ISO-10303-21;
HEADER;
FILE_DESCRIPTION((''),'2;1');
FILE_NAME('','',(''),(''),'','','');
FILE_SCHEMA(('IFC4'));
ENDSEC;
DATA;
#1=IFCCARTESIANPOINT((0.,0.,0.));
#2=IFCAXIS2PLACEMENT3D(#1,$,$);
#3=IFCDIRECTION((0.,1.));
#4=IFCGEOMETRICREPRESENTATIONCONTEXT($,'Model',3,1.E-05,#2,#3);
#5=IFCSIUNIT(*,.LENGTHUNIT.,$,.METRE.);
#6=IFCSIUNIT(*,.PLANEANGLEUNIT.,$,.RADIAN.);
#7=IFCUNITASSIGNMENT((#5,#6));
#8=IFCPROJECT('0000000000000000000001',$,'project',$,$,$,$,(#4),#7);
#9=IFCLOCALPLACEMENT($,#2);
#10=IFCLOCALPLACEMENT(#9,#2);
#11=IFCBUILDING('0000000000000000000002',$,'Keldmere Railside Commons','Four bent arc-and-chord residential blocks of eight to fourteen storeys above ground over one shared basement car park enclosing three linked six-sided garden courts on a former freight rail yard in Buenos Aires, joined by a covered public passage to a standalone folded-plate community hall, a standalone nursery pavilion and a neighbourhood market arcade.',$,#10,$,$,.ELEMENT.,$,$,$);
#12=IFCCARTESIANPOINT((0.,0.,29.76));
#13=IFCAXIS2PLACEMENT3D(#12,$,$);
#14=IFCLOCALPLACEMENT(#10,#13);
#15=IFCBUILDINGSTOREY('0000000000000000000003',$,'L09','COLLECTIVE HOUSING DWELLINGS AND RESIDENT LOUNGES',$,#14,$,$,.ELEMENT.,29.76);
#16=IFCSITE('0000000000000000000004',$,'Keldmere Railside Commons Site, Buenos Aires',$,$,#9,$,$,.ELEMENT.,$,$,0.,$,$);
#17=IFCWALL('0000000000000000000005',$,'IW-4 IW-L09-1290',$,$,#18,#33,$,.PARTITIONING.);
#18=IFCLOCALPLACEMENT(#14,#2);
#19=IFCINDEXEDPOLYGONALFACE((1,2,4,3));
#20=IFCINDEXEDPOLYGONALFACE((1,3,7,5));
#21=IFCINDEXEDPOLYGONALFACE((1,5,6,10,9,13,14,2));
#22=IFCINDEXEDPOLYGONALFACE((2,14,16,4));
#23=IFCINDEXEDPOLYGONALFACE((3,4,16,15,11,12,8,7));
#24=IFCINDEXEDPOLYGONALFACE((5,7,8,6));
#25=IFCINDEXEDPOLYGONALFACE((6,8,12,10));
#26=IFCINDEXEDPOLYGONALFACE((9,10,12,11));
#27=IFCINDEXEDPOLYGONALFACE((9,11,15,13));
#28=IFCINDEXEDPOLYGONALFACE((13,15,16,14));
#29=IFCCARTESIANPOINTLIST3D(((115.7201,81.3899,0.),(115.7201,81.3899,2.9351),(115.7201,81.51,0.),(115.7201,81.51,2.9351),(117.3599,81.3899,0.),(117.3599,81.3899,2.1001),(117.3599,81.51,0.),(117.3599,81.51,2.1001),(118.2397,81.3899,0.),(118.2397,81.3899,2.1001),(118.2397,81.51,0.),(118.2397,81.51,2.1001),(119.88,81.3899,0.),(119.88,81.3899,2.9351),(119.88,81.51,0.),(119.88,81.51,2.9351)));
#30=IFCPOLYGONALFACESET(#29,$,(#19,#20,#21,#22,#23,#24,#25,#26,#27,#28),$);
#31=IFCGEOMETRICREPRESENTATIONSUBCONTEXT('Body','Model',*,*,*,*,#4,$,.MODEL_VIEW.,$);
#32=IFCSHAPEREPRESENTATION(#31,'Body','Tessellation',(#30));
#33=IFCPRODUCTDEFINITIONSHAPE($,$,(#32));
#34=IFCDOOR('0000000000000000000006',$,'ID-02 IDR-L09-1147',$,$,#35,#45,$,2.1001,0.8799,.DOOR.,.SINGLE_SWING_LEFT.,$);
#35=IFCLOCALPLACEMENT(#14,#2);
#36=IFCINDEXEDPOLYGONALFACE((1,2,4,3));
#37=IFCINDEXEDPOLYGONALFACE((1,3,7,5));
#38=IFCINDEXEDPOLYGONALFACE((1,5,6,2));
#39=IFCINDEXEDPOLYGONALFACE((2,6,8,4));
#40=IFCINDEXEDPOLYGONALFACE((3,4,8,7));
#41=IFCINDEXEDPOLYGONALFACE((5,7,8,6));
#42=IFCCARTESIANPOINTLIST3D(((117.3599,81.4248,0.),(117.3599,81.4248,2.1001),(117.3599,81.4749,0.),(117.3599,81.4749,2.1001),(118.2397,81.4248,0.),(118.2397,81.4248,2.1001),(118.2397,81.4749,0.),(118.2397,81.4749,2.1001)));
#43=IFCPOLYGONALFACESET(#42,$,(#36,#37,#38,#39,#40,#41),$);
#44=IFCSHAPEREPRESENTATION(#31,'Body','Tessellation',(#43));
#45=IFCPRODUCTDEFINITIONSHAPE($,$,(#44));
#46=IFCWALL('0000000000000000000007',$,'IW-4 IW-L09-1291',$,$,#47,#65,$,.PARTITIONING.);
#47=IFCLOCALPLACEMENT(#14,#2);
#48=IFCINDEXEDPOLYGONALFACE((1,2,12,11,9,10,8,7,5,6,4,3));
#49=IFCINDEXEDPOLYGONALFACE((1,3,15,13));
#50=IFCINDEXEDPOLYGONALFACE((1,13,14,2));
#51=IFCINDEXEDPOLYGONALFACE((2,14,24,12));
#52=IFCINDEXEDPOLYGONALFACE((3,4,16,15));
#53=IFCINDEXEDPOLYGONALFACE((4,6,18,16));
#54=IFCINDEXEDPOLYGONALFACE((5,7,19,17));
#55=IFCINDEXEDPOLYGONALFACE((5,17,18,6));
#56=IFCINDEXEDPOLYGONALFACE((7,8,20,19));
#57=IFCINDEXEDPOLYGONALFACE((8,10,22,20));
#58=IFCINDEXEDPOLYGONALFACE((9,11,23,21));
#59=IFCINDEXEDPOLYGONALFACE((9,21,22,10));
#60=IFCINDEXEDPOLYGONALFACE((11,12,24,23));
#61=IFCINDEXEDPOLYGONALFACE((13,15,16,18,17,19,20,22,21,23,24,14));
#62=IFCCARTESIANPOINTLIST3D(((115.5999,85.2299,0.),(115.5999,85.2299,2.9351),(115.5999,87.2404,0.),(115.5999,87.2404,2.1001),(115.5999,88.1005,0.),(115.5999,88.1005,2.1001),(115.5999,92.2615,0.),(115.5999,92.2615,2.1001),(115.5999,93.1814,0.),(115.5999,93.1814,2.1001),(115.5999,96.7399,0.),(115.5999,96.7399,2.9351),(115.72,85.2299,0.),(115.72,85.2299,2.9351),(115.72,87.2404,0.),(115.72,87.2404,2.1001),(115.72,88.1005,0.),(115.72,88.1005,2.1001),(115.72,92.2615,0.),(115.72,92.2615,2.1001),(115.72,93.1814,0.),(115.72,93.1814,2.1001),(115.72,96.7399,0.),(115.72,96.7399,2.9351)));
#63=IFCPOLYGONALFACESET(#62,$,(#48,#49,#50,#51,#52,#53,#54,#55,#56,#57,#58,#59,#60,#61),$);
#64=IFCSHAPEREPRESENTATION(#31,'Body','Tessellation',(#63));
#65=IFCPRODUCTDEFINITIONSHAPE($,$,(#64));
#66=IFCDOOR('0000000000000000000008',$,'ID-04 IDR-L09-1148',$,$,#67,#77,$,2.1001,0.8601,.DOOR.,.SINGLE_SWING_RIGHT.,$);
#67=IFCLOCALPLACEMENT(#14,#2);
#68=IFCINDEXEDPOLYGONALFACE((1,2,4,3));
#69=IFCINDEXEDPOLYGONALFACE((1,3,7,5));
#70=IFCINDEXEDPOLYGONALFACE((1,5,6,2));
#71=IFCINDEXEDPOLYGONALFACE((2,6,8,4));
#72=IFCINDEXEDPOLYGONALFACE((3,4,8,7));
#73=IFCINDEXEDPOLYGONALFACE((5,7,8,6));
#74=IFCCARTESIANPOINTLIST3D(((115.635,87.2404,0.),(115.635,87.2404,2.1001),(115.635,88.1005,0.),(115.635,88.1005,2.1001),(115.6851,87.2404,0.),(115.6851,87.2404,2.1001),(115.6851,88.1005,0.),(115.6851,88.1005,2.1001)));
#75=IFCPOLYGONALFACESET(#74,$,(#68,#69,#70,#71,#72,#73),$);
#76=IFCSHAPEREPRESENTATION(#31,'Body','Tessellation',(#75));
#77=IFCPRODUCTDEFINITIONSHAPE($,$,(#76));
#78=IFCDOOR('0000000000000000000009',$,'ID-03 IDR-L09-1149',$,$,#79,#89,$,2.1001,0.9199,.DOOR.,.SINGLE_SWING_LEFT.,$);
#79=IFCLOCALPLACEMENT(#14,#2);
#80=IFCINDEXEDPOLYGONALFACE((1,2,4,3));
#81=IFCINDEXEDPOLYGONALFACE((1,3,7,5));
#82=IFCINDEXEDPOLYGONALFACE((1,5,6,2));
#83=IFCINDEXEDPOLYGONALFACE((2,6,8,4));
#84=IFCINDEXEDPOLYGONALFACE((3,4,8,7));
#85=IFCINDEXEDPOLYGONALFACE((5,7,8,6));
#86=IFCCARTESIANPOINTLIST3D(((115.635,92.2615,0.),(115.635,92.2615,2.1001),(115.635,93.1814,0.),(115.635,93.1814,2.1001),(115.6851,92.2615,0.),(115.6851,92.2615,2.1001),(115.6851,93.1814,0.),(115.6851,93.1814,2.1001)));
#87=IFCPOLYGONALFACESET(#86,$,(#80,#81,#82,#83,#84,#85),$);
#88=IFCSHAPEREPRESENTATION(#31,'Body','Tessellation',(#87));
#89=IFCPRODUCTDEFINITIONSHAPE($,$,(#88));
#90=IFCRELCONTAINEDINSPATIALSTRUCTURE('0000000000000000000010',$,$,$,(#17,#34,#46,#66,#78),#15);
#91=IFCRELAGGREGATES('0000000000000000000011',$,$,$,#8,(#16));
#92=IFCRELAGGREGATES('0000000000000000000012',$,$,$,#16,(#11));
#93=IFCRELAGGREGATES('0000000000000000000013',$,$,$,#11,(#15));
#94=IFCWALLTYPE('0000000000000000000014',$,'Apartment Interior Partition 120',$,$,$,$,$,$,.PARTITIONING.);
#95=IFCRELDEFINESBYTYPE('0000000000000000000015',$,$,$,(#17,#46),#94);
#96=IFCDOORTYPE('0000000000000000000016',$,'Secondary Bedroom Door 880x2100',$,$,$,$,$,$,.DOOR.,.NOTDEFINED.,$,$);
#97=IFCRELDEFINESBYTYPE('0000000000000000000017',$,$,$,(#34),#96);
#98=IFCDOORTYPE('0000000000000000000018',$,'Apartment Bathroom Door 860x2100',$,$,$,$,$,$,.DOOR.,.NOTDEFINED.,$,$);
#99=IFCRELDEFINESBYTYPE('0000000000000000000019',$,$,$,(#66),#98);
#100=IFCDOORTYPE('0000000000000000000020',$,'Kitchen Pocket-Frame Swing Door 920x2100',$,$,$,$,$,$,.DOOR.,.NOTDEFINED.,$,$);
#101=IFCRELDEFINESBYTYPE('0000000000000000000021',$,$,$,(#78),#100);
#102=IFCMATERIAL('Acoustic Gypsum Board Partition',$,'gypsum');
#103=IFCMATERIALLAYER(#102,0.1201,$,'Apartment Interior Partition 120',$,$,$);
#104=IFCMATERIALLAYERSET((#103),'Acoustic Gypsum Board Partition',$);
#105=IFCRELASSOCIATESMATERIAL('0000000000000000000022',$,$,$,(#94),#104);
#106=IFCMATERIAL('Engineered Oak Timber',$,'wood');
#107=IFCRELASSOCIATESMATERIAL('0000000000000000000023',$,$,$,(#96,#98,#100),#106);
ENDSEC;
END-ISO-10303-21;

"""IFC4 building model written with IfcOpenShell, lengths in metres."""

from ifc_helpers import new_model, si_unit, direction, frame, frame_2d, origin, place, context, subcontext, project, spatial, rectangle, extrude, material, layer, layer_set, type_object, element, fill, save


model = new_model("IFC4")

# Units and contexts
model_context = context("Model", 3, precision=1e-05, world=origin(), true_north=direction((0.0, 1.0)))
body_context = subcontext(model_context, "Body", "Model", "MODEL_VIEW")
ifc_project = project(units=[si_unit("LENGTHUNIT", "METRE"), si_unit("PLANEANGLEUNIT", "RADIAN")], contexts=[model_context])

# Site, building, storey
site_placement = place(None, origin())
site = spatial("IfcSite", under=ifc_project, at=site_placement, Name="Keldmere Railside Commons Site, Buenos Aires", CompositionType="ELEMENT", RefElevation=0.0)
building_placement = place(site_placement, origin())
building = spatial("IfcBuilding", under=site, at=building_placement, Name="Keldmere Railside Commons", Description="Four bent arc-and-chord residential blocks of eight to fourteen storeys above ground over one shared basement car park enclosing three linked six-sided garden courts on a former freight rail yard in Buenos Aires, joined by a covered public passage to a standalone folded-plate community hall, a standalone nursery pavilion and a neighbourhood market arcade.", CompositionType="ELEMENT")
storey_placement = place(building_placement, frame((0.0, 0.0, 29.76)))
storey = spatial("IfcBuildingStorey", under=building, at=storey_placement, Name="L09", Description="COLLECTIVE HOUSING DWELLINGS AND RESIDENT LOUNGES", CompositionType="ELEMENT", Elevation=29.76)

# Shared definitions
ifc_material_1 = material(Name="Acoustic Gypsum Board Partition", Category="gypsum")

# Wall, opening, door
ifc_layer_1 = layer(ifc_material_1, 0.1201, Name="Apartment Interior Partition 120")
ifc_layer_set_1 = layer_set([ifc_layer_1], Name="Acoustic Gypsum Board Partition")
wall_type_1 = type_object("IfcWallType", Name="Apartment Interior Partition 120", PredefinedType="PARTITIONING", material=ifc_layer_set_1)
wall_1_placement = place(storey_placement, frame((115.72, 81.45, 0.0), z_axis=(0.0, 0.0, 1.0), x_axis=(1.0, 0.0, 0.0)))
wall_1 = element("IfcWall", 1, at=wall_1_placement, inside=storey, type_object=wall_type_1, Name="IW-4 IW-L09-1290", PredefinedType="PARTITIONING", context=body_context, shape_type="SweptSolid", body=[
    extrude(rectangle(XDim=4.1599, YDim=0.1201, at=frame_2d((2.0801, 0.0))), origin(), (0.0, 0.0, 1.0), 2.9351),
])
opening_1_placement = place(wall_1_placement, frame((1.6399, 0.0, 0.0)))
opening_1 = element("IfcOpeningElement", 2, at=opening_1_placement, cuts=wall_1, PredefinedType="OPENING", context=body_context, shape_type="SweptSolid", body=[
    extrude(rectangle(XDim=0.8799, YDim=2.1001, at=frame_2d((0.4399, 1.05))), frame((0.0, 0.0701, 0.0), z_axis=(0.0, -1.0, 0.0), x_axis=(1.0, 0.0, 0.0)), (0.0, 0.0, 1.0), 0.1401),
])
ifc_material_2 = material(Name="Engineered Oak Timber", Category="wood")
door_type_1 = type_object("IfcDoorType", Name="Secondary Bedroom Door 880x2100", OperationType="NOTDEFINED", PredefinedType="DOOR", material=ifc_material_2)
door_1_placement = place(opening_1_placement, origin())
door_1 = element("IfcDoor", 3, at=door_1_placement, inside=storey, type_object=door_type_1, Name="ID-02 IDR-L09-1147", OperationType="SINGLE_SWING_LEFT", OverallHeight=2.1001, OverallWidth=0.8799, PredefinedType="DOOR", context=body_context, shape_type="SweptSolid", body=[
    extrude(rectangle(XDim=0.8799, YDim=2.1001, at=frame_2d((0.4399, 1.05))), frame((0.0, 0.0249, 0.0), z_axis=(0.0, -1.0, 0.0), x_axis=(1.0, 0.0, 0.0)), (0.0, 0.0, 1.0), 0.05),
])
fill(opening_1, door_1)

# Wall, openings, doors
wall_2_placement = place(storey_placement, frame((115.6599, 85.23, 0.0), z_axis=(0.0, 0.0, 1.0), x_axis=(0.0, 1.0, 0.0)))
wall_2 = element("IfcWall", 4, at=wall_2_placement, inside=storey, type_object=wall_type_1, Name="IW-4 IW-L09-1291", PredefinedType="PARTITIONING", context=body_context, shape_type="SweptSolid", body=[
    extrude(rectangle(XDim=11.51, YDim=0.1201, at=frame_2d((5.7549, 0.0))), origin(), (0.0, 0.0, 1.0), 2.9351),
])
opening_2_placement = place(wall_2_placement, frame((2.0103, 0.0, 0.0)))
opening_2 = element("IfcOpeningElement", 5, at=opening_2_placement, cuts=wall_2, PredefinedType="OPENING", context=body_context, shape_type="SweptSolid", body=[
    extrude(rectangle(XDim=0.8601, YDim=2.1001, at=frame_2d((0.4302, 1.05))), frame((0.0, 0.0701, 0.0), z_axis=(0.0, -1.0, 0.0), x_axis=(1.0, 0.0, 0.0)), (0.0, 0.0, 1.0), 0.1401),
])
opening_3_placement = place(wall_2_placement, frame((7.0315, 0.0, 0.0)))
opening_3 = element("IfcOpeningElement", 6, at=opening_3_placement, cuts=wall_2, PredefinedType="OPENING", context=body_context, shape_type="SweptSolid", body=[
    extrude(rectangle(XDim=0.9199, YDim=2.1001, at=frame_2d((0.46, 1.05))), frame((0.0, 0.0701, 0.0), z_axis=(0.0, -1.0, 0.0), x_axis=(1.0, 0.0, 0.0)), (0.0, 0.0, 1.0), 0.1401),
])
door_type_2 = type_object("IfcDoorType", Name="Apartment Bathroom Door 860x2100", OperationType="NOTDEFINED", PredefinedType="DOOR", material=ifc_material_2)
door_2_placement = place(opening_2_placement, origin())
door_2 = element("IfcDoor", 7, at=door_2_placement, inside=storey, type_object=door_type_2, Name="ID-04 IDR-L09-1148", OperationType="SINGLE_SWING_RIGHT", OverallHeight=2.1001, OverallWidth=0.8601, PredefinedType="DOOR", context=body_context, shape_type="SweptSolid", body=[
    extrude(rectangle(XDim=0.8601, YDim=2.1001, at=frame_2d((0.4302, 1.05))), frame((0.0, 0.0249, 0.0), z_axis=(0.0, -1.0, 0.0), x_axis=(1.0, 0.0, 0.0)), (0.0, 0.0, 1.0), 0.05),
])
fill(opening_2, door_2)
door_type_3 = type_object("IfcDoorType", Name="Kitchen Pocket-Frame Swing Door 920x2100", OperationType="NOTDEFINED", PredefinedType="DOOR", material=ifc_material_2)
door_3_placement = place(opening_3_placement, origin())
door_3 = element("IfcDoor", 8, at=door_3_placement, inside=storey, type_object=door_type_3, Name="ID-03 IDR-L09-1149", OperationType="SINGLE_SWING_LEFT", OverallHeight=2.1001, OverallWidth=0.9199, PredefinedType="DOOR", context=body_context, shape_type="SweptSolid", body=[
    extrude(rectangle(XDim=0.9199, YDim=2.1001, at=frame_2d((0.46, 1.05))), frame((0.0, 0.0249, 0.0), z_axis=(0.0, -1.0, 0.0), x_axis=(1.0, 0.0, 0.0)), (0.0, 0.0, 1.0), 0.05),
])
fill(opening_3, door_3)

save(model, "model.ifc")
